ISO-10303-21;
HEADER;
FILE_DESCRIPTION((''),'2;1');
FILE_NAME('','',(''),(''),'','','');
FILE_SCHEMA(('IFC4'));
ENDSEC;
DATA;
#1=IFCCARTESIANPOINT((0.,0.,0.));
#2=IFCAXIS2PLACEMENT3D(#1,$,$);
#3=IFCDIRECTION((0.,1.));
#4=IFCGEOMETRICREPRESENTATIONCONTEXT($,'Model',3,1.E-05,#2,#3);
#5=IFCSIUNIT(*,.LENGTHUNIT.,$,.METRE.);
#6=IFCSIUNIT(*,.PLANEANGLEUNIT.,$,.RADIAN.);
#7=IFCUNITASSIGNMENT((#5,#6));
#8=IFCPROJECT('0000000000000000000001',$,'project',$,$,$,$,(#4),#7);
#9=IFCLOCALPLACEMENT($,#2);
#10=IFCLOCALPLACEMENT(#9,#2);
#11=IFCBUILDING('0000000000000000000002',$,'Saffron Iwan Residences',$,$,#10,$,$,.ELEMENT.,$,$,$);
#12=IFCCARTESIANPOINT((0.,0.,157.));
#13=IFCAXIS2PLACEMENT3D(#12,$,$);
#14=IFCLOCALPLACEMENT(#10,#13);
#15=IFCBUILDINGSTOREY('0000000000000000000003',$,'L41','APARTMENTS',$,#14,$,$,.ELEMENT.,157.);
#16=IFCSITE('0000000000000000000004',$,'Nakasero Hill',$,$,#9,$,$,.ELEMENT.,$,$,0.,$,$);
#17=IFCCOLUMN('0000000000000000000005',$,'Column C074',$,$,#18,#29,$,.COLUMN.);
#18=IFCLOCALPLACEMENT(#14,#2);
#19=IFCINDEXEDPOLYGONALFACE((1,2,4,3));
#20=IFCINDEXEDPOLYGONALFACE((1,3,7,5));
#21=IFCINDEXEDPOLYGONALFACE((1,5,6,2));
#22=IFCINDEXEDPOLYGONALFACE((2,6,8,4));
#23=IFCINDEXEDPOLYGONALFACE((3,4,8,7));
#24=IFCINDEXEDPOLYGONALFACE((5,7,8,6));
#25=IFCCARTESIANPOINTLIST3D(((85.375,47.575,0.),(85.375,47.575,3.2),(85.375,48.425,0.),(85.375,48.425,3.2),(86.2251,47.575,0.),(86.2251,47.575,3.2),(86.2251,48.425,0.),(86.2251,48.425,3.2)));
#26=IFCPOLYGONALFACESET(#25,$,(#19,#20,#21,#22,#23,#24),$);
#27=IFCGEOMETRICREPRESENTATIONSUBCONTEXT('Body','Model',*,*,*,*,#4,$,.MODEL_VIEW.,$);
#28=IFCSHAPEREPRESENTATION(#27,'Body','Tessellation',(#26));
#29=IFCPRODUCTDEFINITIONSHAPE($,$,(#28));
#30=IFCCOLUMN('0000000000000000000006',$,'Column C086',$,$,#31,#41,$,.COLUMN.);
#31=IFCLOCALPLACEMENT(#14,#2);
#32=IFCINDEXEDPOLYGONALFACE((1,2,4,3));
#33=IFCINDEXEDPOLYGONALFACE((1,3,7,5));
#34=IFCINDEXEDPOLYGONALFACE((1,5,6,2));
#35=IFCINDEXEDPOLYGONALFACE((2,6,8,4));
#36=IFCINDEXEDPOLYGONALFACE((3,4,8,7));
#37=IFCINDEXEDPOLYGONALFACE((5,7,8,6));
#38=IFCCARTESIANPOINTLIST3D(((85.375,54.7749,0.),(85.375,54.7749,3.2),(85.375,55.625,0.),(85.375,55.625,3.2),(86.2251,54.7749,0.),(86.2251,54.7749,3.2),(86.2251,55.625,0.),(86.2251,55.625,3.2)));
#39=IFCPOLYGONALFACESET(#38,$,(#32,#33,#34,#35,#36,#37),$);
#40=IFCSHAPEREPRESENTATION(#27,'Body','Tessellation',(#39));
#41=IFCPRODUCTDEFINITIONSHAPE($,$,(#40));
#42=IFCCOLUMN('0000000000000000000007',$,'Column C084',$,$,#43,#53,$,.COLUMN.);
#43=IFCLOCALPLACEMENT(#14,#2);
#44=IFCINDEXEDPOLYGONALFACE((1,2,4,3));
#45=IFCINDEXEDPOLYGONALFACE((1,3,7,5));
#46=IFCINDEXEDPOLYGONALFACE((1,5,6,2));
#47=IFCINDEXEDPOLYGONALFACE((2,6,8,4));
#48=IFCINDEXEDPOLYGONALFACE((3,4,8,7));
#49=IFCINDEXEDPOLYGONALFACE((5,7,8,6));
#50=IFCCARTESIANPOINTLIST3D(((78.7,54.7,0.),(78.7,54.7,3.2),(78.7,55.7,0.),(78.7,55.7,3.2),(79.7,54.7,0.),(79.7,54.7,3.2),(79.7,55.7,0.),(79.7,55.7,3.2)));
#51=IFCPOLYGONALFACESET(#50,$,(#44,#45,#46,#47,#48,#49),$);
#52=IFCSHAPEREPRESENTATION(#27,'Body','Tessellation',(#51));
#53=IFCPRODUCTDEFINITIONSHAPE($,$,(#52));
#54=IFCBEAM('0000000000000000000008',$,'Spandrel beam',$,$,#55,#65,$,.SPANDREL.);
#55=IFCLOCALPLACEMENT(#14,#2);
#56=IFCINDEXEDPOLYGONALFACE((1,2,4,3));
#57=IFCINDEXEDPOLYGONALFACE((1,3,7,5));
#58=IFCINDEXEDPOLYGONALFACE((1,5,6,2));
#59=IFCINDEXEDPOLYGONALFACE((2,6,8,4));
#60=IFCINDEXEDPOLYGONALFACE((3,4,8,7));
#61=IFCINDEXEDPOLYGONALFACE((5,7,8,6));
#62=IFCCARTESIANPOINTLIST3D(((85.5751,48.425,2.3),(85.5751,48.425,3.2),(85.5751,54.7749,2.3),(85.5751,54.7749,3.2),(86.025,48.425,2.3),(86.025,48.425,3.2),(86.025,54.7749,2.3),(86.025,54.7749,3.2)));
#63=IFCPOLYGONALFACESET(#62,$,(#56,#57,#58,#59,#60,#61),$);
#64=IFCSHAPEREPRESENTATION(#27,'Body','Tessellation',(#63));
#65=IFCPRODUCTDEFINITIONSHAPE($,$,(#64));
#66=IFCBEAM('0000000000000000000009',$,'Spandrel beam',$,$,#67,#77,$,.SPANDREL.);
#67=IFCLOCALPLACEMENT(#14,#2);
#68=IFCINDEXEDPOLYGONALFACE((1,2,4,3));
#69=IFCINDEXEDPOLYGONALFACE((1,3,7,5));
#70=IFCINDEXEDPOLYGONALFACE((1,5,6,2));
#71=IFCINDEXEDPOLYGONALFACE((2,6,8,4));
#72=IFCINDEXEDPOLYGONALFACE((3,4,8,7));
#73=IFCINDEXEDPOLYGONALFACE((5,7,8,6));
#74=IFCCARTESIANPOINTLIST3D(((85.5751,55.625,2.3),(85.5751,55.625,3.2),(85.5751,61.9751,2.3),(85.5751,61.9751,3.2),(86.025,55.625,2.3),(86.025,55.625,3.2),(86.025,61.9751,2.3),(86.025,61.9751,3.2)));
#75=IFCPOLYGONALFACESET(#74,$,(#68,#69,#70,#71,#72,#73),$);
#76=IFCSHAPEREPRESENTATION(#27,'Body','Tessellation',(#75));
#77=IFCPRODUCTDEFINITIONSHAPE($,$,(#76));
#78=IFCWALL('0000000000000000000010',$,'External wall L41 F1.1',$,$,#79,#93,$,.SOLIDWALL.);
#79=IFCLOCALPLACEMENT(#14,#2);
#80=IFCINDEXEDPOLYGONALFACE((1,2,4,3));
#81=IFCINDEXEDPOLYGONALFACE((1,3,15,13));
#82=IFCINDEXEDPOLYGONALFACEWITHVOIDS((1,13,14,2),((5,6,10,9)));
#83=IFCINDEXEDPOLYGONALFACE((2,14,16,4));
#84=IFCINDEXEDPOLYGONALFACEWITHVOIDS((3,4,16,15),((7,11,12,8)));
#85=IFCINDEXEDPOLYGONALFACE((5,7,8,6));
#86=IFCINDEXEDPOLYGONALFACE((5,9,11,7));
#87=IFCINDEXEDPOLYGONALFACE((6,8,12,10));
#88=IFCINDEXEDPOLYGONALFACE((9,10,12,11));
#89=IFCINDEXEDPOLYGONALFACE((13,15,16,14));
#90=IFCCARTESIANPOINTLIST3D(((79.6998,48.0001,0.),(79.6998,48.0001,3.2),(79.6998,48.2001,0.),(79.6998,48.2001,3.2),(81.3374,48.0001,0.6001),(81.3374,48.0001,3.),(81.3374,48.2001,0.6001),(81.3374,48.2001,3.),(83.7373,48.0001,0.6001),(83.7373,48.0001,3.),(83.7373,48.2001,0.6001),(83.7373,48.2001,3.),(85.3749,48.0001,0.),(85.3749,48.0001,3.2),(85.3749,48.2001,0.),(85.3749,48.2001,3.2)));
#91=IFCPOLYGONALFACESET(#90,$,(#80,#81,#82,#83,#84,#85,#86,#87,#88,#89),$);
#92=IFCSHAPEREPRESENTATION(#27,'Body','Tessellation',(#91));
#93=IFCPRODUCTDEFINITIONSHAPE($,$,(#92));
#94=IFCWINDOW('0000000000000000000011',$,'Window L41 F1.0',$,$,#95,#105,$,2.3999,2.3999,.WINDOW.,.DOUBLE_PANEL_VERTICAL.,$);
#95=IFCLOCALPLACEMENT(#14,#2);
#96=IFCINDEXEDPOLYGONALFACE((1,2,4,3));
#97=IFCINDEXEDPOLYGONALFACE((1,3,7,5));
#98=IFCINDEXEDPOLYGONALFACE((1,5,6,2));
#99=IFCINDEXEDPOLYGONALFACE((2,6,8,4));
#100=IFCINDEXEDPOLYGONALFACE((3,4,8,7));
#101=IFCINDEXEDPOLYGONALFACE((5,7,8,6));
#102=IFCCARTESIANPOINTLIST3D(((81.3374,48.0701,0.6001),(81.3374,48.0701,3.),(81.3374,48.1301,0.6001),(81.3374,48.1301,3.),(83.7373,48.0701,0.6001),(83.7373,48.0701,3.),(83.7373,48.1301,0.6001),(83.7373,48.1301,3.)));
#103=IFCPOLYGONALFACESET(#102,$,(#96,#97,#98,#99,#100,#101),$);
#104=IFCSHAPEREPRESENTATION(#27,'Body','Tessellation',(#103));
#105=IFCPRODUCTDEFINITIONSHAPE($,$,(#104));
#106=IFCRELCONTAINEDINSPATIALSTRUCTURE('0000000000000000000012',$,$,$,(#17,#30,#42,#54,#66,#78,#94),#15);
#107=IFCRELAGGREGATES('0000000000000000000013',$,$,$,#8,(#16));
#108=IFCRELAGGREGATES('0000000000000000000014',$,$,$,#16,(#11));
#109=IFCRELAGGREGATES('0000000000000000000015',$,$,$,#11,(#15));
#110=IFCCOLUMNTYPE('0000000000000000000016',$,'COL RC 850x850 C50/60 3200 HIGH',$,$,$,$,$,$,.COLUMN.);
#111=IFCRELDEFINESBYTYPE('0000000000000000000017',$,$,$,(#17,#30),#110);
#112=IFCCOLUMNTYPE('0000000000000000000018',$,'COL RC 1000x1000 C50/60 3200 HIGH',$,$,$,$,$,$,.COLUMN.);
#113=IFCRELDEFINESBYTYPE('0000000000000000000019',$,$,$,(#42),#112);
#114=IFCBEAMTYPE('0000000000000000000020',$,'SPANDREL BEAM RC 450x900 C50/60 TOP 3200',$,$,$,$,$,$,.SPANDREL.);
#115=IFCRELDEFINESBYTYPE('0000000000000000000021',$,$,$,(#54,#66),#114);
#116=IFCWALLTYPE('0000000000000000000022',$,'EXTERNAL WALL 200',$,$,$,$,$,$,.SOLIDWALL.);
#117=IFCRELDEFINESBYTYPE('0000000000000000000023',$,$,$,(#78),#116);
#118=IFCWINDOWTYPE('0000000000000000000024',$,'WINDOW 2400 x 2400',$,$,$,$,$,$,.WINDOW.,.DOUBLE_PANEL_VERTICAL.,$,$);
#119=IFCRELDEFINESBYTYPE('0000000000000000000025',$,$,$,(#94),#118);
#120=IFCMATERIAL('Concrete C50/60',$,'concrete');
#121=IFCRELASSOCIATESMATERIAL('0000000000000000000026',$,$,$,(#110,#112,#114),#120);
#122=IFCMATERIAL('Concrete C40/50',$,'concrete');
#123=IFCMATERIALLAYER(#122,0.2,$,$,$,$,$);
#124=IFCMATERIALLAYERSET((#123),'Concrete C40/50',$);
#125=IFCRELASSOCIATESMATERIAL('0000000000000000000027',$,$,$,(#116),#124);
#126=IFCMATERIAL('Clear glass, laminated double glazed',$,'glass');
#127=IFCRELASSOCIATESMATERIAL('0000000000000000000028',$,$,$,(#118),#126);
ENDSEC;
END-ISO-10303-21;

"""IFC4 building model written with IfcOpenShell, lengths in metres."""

from ifc_helpers import new_model, si_unit, direction, frame, frame_2d, origin, origin_2d, place, context, subcontext, project, spatial, rectangle, extrude, source, transform, mapped, material, layer, layer_set, material_profile, profile_set, type_object, element, fill, save


model = new_model("IFC4")

# Units and contexts
model_context = context("Model", 3, precision=1e-05, world=origin(), true_north=direction((0.0, 1.0)))
body_context = subcontext(model_context, "Body", "Model", "MODEL_VIEW")
ifc_project = project(units=[si_unit("LENGTHUNIT", "METRE"), si_unit("PLANEANGLEUNIT", "RADIAN")], contexts=[model_context])

# Site, building, storey
site_placement = place(None, origin())
site = spatial("IfcSite", under=ifc_project, at=site_placement, Name="Nakasero Hill", CompositionType="ELEMENT", RefElevation=0.0)
building_placement = place(site_placement, origin())
building = spatial("IfcBuilding", under=site, at=building_placement, Name="Saffron Iwan Residences", CompositionType="ELEMENT")
storey_placement = place(building_placement, frame((0.0, 0.0, 157.0)))
storey = spatial("IfcBuildingStorey", under=building, at=storey_placement, Name="L41", Description="APARTMENTS", CompositionType="ELEMENT", Elevation=157.0)

# Columns
ifc_material_1 = material(Name="Concrete C50/60", Category="concrete")
ifc_material_profile_1 = material_profile(ifc_material_1, rectangle(XDim=0.8501, YDim=0.8501, at=origin_2d()), Name="RC 850x850")
ifc_profile_set_1 = profile_set([ifc_material_profile_1], Name="Concrete C50/60")
column_type_1 = type_object("IfcColumnType", Name="COL RC 850x850 C50/60 3200 HIGH", PredefinedType="COLUMN", material=ifc_profile_set_1)
shared_shape_1 = source(origin(), body_context, "Body", "SweptSolid", [
    extrude(rectangle(XDim=0.8501, YDim=0.8501, at=origin_2d()), origin(), (0.0, 0.0, 1.0), 3.2),
])
for number, where, z_axis, x_axis, name in (
    (1, (85.8, 48.0, 0.0), (0.0, 0.0, 1.0), (1.0, 0.0, 0.0), "Column C074"),
    (2, (85.8, 55.2, 0.0), (0.0, 0.0, 1.0), (1.0, 0.0, 0.0), "Column C086"),
):
    element("IfcColumn", number, at=place(storey_placement, frame(where, z_axis=z_axis, x_axis=x_axis)), inside=storey, type_object=column_type_1, Name=name, PredefinedType="COLUMN", context=body_context, shape_type="MappedRepresentation", body=[
        mapped(shared_shape_1, transform((0.0, 0.0, 0.0))),
    ])
ifc_material_profile_2 = material_profile(ifc_material_1, rectangle(XDim=1.0, YDim=1.0, at=origin_2d()), Name="RC 1000x1000")
ifc_profile_set_2 = profile_set([ifc_material_profile_2], Name="Concrete C50/60")
column_type_2 = type_object("IfcColumnType", Name="COL RC 1000x1000 C50/60 3200 HIGH", PredefinedType="COLUMN", material=ifc_profile_set_2)
shared_shape_2 = source(origin(), body_context, "Body", "SweptSolid", [
    extrude(rectangle(XDim=1.0, YDim=1.0, at=origin_2d()), origin(), (0.0, 0.0, 1.0), 3.2),
])
column_placement = place(storey_placement, frame((79.2, 55.2, 0.0), z_axis=(0.0, 0.0, 1.0), x_axis=(1.0, 0.0, 0.0)))
element("IfcColumn", 3, at=column_placement, inside=storey, type_object=column_type_2, Name="Column C084", PredefinedType="COLUMN", context=body_context, shape_type="MappedRepresentation", body=[
    mapped(shared_shape_2, transform((0.0, 0.0, 0.0))),
])

# Beams
ifc_material_profile_3 = material_profile(ifc_material_1, rectangle(XDim=0.45, YDim=0.8999, at=origin_2d()), Name="RC 450x900")
ifc_profile_set_3 = profile_set([ifc_material_profile_3], Name="Concrete C50/60")
beam_type = type_object("IfcBeamType", Name="SPANDREL BEAM RC 450x900 C50/60 TOP 3200", PredefinedType="SPANDREL", material=ifc_profile_set_3)
shared_shape_3 = source(origin(), body_context, "Body", "SweptSolid", [
    extrude(rectangle(XDim=0.45, YDim=0.8999, at=origin_2d()), origin(), (0.0, 0.0, 1.0), 6.3499),
])
beam_1_placement = place(storey_placement, frame((85.8, 54.7749, 2.75), z_axis=(0.0, -1.0, 0.0), x_axis=(1.0, 0.0, 0.0)))
element("IfcBeam", 4, at=beam_1_placement, inside=storey, type_object=beam_type, Name="Spandrel beam", PredefinedType="SPANDREL", context=body_context, shape_type="MappedRepresentation", body=[
    mapped(shared_shape_3, transform((0.0, 0.0, 0.0))),
])
shared_shape_4 = source(origin(), body_context, "Body", "SweptSolid", [
    extrude(rectangle(XDim=0.45, YDim=0.8999, at=origin_2d()), origin(), (0.0, 0.0, 1.0), 6.3501),
])
beam_2_placement = place(storey_placement, frame((85.8, 61.9751, 2.75), z_axis=(0.0, -1.0, 0.0), x_axis=(1.0, 0.0, 0.0)))
element("IfcBeam", 5, at=beam_2_placement, inside=storey, type_object=beam_type, Name="Spandrel beam", PredefinedType="SPANDREL", context=body_context, shape_type="MappedRepresentation", body=[
    mapped(shared_shape_4, transform((0.0, 0.0, 0.0))),
])

# Wall, opening, window
ifc_material_2 = material(Name="Concrete C40/50", Category="concrete")
ifc_layer_1 = layer(ifc_material_2, 0.2)
ifc_layer_set_1 = layer_set([ifc_layer_1], Name="Concrete C40/50")
wall_type_1 = type_object("IfcWallType", Name="EXTERNAL WALL 200", PredefinedType="SOLIDWALL", material=ifc_layer_set_1)
wall_1_placement = place(storey_placement, frame((79.7, 48.1001, 0.0), z_axis=(0.0, 0.0, 1.0), x_axis=(1.0, 0.0, 0.0)))
wall_1 = element("IfcWall", 6, at=wall_1_placement, inside=storey, type_object=wall_type_1, Name="External wall L41 F1.1", PredefinedType="SOLIDWALL", context=body_context, shape_type="SweptSolid", body=[
    extrude(rectangle(XDim=5.675, YDim=0.2, at=frame_2d((2.8374, 0.0))), origin(), (0.0, 0.0, 1.0), 3.2),
])
opening_1_placement = place(wall_1_placement, frame((1.6375, 0.0, 0.6001)))
opening_1 = element("IfcOpeningElement", 7, at=opening_1_placement, cuts=wall_1, PredefinedType="OPENING", context=body_context, shape_type="SweptSolid", body=[
    extrude(rectangle(XDim=2.3999, YDim=2.3999, at=frame_2d((1.2, 1.2))), frame((0.0, 0.1099, 0.0), z_axis=(0.0, -1.0, 0.0), x_axis=(1.0, 0.0, 0.0)), (0.0, 0.0, 1.0), 0.22),
])
ifc_material_3 = material(Name="Clear glass, laminated double glazed", Category="glass")
window_type = type_object("IfcWindowType", Name="WINDOW 2400 x 2400", PartitioningType="DOUBLE_PANEL_VERTICAL", PredefinedType="WINDOW", material=ifc_material_3)
window_1_placement = place(opening_1_placement, origin())
window_1 = element("IfcWindow", 8, at=window_1_placement, inside=storey, type_object=window_type, Name="Window L41 F1.0", OverallHeight=2.3999, OverallWidth=2.3999, PartitioningType="DOUBLE_PANEL_VERTICAL", PredefinedType="WINDOW", context=body_context, shape_type="SweptSolid", body=[
    extrude(rectangle(XDim=2.3999, YDim=2.3999, at=frame_2d((1.2, 1.2))), frame((0.0, 0.03, 0.0), z_axis=(0.0, -1.0, 0.0), x_axis=(1.0, 0.0, 0.0)), (0.0, 0.0, 1.0), 0.0601),
])
fill(opening_1, window_1)

save(model, "model.ifc")
